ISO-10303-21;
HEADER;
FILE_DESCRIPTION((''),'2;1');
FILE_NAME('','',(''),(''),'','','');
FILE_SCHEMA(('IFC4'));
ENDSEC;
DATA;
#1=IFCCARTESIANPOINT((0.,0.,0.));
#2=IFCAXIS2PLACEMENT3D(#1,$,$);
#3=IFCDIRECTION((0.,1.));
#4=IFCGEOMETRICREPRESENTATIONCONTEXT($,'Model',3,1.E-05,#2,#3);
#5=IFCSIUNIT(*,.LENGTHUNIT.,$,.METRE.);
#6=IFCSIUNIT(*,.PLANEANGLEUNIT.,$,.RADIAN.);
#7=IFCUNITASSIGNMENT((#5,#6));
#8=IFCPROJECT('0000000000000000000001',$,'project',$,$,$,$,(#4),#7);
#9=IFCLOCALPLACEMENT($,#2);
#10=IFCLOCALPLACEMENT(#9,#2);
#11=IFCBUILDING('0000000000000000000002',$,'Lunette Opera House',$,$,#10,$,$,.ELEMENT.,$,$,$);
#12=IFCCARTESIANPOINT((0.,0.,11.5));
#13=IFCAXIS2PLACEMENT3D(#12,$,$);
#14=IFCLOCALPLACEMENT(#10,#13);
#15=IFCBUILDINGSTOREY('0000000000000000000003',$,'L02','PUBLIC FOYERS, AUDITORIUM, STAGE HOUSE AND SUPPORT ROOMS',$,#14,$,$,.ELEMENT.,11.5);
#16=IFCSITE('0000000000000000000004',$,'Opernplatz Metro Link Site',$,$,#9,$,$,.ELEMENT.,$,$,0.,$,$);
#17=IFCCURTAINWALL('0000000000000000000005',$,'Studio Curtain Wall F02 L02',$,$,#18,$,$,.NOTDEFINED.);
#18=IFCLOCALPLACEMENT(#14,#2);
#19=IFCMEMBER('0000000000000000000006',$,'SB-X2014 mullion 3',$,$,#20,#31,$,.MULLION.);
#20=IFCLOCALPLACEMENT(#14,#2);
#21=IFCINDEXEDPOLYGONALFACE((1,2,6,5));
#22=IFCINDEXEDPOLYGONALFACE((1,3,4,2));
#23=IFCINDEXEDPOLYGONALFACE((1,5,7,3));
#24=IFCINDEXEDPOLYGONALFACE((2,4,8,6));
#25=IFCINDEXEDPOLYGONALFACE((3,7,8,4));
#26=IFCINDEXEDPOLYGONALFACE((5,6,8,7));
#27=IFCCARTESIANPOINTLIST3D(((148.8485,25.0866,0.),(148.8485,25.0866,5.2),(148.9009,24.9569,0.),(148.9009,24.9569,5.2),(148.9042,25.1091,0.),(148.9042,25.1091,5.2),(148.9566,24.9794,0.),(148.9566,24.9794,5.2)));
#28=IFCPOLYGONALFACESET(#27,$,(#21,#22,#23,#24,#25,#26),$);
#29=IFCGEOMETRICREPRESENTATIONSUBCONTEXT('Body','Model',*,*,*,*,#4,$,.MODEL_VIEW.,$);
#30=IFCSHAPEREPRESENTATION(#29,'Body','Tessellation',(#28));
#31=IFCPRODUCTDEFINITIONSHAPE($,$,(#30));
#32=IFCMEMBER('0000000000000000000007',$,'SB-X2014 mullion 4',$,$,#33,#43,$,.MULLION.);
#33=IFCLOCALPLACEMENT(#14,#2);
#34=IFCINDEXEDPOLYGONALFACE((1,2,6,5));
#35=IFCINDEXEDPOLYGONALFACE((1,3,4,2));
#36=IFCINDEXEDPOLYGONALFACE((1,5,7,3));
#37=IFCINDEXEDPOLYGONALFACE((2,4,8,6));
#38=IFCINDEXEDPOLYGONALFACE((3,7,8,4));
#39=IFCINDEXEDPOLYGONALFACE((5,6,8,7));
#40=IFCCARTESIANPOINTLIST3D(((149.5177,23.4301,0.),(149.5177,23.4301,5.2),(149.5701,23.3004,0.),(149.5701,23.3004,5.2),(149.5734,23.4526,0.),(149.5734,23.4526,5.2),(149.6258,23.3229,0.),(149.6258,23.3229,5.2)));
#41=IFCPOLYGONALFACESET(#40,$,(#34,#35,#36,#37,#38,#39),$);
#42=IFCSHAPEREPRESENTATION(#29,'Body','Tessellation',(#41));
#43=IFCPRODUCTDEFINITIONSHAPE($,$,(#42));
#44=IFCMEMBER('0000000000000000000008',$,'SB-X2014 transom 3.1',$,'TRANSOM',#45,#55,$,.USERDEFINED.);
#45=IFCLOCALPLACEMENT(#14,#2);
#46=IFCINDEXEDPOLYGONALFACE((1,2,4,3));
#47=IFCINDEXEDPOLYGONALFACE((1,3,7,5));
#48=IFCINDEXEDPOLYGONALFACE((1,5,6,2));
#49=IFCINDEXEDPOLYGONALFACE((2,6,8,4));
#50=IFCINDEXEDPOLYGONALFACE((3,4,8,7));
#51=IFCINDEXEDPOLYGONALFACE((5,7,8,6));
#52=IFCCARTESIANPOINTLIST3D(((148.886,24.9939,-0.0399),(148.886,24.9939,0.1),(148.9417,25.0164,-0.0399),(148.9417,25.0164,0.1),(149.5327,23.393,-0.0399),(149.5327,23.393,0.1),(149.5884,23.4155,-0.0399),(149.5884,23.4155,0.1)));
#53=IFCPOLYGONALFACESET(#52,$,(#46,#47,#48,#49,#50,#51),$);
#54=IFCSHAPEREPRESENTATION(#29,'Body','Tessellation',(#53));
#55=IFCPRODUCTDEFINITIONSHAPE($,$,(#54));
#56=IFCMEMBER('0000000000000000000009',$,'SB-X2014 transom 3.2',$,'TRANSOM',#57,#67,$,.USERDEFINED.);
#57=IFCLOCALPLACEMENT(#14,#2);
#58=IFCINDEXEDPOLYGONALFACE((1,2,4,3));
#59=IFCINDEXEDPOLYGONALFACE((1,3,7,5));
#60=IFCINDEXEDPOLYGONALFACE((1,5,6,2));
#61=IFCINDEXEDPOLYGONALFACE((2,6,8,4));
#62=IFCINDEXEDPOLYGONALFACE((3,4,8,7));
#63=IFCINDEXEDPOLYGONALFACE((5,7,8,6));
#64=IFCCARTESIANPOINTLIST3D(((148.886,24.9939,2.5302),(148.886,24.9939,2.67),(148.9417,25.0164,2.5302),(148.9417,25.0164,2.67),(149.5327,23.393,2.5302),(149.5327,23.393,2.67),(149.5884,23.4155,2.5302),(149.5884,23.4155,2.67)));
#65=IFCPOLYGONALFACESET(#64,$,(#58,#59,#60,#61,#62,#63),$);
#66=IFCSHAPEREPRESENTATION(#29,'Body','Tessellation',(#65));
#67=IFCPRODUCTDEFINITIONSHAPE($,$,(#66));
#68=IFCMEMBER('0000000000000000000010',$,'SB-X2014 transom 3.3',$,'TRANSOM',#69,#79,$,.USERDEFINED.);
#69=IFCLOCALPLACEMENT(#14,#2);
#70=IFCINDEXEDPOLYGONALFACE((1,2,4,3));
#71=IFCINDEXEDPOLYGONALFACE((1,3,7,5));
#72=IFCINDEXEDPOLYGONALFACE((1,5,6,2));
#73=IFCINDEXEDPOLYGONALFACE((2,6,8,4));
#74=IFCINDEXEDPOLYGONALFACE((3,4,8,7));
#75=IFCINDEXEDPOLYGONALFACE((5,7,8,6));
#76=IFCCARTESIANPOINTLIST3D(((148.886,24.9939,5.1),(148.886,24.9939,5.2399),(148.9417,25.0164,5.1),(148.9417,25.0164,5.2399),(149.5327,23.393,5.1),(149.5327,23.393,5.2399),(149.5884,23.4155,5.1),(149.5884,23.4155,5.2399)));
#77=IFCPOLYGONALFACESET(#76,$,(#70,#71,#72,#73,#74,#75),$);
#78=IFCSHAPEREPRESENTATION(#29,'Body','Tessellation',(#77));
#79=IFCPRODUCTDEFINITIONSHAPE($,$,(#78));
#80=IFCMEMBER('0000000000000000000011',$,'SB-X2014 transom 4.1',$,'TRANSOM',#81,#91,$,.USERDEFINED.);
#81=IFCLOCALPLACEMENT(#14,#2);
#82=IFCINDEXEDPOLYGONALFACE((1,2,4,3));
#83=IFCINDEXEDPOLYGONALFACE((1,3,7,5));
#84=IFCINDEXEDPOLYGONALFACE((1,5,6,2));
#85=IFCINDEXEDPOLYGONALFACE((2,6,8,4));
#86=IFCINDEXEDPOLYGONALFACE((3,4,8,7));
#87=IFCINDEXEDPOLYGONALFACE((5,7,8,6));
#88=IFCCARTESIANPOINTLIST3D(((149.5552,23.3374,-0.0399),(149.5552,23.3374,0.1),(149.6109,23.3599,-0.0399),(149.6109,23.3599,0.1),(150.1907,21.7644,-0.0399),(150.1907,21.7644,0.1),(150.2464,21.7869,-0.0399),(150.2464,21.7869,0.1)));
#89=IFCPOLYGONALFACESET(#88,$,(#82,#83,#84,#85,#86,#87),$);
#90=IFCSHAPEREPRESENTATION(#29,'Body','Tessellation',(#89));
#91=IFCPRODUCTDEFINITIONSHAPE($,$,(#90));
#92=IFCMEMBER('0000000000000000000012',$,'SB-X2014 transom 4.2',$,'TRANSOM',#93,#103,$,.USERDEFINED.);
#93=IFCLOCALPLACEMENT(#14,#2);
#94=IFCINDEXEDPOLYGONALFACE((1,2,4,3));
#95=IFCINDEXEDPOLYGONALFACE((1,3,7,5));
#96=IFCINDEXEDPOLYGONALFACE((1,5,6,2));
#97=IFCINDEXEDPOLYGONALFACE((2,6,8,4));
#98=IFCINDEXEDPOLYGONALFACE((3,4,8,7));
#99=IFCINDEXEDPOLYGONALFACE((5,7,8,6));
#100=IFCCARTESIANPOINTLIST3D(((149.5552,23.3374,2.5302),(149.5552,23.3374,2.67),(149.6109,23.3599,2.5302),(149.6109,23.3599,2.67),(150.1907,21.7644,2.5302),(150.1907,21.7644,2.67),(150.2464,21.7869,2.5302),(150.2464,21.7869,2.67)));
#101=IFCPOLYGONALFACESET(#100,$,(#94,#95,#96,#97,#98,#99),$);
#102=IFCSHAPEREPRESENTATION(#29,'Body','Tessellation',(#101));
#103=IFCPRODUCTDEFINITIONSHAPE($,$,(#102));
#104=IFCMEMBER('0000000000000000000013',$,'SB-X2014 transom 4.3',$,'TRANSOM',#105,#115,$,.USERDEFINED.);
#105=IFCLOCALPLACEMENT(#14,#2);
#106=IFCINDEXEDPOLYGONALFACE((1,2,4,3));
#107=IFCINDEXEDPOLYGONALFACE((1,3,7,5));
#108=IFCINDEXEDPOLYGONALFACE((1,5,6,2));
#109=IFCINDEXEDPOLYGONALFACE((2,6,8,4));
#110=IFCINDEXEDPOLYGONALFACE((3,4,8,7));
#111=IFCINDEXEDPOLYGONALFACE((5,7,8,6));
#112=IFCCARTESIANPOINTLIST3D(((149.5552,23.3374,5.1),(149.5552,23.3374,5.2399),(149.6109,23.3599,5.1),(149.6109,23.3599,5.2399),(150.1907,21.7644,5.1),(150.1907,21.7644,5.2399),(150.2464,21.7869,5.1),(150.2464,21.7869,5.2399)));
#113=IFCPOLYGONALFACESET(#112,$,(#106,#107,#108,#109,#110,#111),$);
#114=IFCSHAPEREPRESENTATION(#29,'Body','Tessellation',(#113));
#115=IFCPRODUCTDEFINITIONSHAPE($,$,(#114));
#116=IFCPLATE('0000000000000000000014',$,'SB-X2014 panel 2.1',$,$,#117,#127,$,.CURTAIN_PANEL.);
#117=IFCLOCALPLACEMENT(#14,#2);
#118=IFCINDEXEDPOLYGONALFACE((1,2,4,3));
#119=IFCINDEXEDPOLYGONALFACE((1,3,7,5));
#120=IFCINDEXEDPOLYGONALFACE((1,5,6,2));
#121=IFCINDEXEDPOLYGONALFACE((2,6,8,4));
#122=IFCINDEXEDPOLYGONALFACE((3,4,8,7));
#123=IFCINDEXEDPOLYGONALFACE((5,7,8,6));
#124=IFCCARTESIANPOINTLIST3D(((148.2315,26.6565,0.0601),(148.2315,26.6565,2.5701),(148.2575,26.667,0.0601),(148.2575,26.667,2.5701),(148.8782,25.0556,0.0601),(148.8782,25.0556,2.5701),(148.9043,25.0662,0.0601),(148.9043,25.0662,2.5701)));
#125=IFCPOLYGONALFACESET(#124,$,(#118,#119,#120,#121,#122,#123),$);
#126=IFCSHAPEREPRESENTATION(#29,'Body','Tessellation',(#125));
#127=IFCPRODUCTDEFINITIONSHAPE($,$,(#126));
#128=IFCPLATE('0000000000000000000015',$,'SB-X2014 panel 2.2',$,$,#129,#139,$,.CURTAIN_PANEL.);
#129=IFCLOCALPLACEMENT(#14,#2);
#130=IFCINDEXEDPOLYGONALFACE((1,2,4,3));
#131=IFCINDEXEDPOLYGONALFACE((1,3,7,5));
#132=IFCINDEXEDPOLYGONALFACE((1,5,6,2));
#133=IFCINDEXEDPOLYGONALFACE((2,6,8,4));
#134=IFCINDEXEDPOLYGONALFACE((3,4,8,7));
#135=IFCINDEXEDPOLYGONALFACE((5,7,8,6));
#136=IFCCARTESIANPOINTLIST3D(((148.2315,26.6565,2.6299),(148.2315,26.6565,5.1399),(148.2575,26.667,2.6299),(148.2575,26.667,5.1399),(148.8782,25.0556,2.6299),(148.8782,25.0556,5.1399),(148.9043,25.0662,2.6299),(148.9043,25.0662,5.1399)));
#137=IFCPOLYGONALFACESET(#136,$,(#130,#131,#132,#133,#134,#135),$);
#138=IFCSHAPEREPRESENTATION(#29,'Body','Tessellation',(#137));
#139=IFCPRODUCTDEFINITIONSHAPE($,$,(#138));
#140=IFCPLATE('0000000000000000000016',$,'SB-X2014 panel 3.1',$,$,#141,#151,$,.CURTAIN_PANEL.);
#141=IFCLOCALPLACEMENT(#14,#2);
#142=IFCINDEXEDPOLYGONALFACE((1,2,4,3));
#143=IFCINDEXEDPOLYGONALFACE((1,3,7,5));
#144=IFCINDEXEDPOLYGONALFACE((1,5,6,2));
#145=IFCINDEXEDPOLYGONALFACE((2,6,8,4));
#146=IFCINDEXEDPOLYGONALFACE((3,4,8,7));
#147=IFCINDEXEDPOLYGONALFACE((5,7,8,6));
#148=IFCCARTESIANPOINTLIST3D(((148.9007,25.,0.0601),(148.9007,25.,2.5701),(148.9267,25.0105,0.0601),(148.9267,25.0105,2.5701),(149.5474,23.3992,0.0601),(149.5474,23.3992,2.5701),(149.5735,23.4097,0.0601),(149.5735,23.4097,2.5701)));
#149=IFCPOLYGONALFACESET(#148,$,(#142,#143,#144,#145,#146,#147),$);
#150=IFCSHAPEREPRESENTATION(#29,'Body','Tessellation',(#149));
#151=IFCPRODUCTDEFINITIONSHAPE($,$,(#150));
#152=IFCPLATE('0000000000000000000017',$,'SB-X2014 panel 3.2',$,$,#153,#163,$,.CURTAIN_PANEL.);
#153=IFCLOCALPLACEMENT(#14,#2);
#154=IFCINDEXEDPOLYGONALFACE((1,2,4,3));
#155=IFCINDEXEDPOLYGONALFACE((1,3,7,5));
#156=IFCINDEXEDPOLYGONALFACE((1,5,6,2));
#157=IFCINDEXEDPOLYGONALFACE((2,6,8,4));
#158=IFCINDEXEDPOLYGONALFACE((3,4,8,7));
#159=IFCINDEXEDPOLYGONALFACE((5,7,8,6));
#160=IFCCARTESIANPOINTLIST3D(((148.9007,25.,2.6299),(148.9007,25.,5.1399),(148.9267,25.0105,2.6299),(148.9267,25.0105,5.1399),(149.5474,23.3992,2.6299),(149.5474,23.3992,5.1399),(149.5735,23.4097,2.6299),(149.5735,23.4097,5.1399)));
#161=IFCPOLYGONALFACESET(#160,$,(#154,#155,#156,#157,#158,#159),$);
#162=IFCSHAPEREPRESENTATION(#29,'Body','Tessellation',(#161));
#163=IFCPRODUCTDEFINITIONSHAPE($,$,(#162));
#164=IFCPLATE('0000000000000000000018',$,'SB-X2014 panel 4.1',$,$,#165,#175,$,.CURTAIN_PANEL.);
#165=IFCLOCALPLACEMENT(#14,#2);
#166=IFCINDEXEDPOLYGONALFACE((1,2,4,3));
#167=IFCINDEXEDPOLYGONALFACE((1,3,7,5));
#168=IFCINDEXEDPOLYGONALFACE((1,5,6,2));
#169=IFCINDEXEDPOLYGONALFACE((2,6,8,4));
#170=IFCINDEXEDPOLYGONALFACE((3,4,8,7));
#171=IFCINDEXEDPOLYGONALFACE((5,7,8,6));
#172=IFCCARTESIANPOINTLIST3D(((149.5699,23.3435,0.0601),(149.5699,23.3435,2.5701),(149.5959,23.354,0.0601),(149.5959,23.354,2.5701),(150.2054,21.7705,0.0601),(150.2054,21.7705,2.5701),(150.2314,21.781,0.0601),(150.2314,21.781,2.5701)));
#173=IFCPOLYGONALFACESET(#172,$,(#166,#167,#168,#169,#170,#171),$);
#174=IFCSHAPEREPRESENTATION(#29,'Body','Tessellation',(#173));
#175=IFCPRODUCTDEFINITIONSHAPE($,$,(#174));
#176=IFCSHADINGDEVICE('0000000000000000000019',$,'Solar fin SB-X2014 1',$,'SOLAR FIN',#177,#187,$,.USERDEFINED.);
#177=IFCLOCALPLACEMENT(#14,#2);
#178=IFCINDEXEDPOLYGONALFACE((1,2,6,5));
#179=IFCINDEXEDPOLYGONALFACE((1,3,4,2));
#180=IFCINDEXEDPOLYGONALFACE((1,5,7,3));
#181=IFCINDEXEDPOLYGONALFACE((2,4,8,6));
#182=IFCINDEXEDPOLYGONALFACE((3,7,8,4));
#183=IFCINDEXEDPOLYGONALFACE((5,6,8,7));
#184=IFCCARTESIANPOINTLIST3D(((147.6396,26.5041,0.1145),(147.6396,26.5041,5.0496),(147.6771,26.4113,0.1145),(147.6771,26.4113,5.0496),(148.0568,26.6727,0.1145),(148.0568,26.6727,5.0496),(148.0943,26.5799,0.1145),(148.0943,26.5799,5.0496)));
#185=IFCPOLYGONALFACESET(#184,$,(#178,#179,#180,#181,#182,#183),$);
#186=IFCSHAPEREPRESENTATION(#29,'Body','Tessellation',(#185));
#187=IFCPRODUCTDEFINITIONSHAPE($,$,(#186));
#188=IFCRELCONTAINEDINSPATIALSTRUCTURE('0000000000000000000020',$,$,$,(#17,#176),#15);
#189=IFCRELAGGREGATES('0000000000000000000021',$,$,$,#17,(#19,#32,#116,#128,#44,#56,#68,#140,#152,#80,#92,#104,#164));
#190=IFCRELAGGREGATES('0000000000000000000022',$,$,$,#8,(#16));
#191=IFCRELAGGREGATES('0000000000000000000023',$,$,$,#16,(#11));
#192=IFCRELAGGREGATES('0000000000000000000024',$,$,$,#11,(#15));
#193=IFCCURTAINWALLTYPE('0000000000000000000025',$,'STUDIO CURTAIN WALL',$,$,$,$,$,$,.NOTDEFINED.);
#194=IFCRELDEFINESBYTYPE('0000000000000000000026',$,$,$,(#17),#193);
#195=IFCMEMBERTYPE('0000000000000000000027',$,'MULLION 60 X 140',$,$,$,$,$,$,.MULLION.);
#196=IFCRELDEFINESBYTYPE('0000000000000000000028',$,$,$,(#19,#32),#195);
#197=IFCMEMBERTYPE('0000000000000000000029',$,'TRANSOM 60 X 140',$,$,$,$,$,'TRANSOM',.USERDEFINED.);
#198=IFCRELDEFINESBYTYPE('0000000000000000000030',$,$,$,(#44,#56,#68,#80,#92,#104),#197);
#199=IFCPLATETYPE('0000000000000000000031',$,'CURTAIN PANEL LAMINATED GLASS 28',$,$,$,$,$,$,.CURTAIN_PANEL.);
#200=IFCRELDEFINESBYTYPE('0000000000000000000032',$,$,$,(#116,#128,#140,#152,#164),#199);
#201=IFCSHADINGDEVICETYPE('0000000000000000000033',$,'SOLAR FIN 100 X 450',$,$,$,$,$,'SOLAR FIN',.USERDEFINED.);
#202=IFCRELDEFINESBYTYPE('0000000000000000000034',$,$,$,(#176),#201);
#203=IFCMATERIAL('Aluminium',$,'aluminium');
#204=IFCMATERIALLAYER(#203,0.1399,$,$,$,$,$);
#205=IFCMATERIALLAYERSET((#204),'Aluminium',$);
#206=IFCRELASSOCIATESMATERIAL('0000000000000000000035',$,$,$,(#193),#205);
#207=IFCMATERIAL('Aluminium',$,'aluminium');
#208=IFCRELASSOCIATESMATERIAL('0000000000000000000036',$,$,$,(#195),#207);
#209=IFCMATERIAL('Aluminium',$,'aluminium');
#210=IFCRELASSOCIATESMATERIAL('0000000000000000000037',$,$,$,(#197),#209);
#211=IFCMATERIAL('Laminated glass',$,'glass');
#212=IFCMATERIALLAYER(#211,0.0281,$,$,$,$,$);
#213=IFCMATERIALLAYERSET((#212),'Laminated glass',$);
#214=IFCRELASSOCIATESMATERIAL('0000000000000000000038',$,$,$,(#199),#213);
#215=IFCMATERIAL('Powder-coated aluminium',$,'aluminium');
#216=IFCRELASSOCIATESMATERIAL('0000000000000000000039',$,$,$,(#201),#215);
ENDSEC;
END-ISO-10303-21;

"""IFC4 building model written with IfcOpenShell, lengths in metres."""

from ifc_helpers import new_model, si_unit, direction, frame, origin, origin_2d, place, context, subcontext, project, spatial, rectangle, extrude, material, layer, layer_set, material_profile, profile_set, type_object, element, aggregate, save


model = new_model("IFC4")

# Units and contexts
model_context = context("Model", 3, precision=1e-05, world=origin(), true_north=direction((0.0, 1.0)))
body_context = subcontext(model_context, "Body", "Model", "MODEL_VIEW")
ifc_project = project(units=[si_unit("LENGTHUNIT", "METRE"), si_unit("PLANEANGLEUNIT", "RADIAN")], contexts=[model_context])

# Site, building, storey
site_placement = place(None, origin())
site = spatial("IfcSite", under=ifc_project, at=site_placement, Name="Opernplatz Metro Link Site", CompositionType="ELEMENT", RefElevation=0.0)
building_placement = place(site_placement, origin())
building = spatial("IfcBuilding", under=site, at=building_placement, Name="Lunette Opera House", CompositionType="ELEMENT")
storey_placement = place(building_placement, frame((0.0, 0.0, 11.5)))
storey = spatial("IfcBuildingStorey", under=building, at=storey_placement, Name="L02", Description="PUBLIC FOYERS, AUDITORIUM, STAGE HOUSE AND SUPPORT ROOMS", CompositionType="ELEMENT", Elevation=11.5)

# Curtain wall, members, plates
ifc_material_1 = material(Name="Aluminium", Category="aluminium")
ifc_layer_1 = layer(ifc_material_1, 0.1399)
ifc_layer_set_1 = layer_set([ifc_layer_1], Name="Aluminium")
curtain_wall_type = type_object("IfcCurtainWallType", Name="STUDIO CURTAIN WALL", PredefinedType="NOTDEFINED", material=ifc_layer_set_1)
curtain_wall_placement = place(storey_placement, origin())
curtain_wall = element("IfcCurtainWall", 1, at=curtain_wall_placement, inside=storey, type_object=curtain_wall_type, Name="Studio Curtain Wall F02 L02", PredefinedType="NOTDEFINED")
ifc_material_2 = material(Name="Aluminium", Category="aluminium")
ifc_material_profile_1 = material_profile(ifc_material_2, rectangle(XDim=0.0601, YDim=0.1399, at=origin_2d()), Name="MULLION 60 X 140")
ifc_profile_set_1 = profile_set([ifc_material_profile_1], Name="Aluminium")
member_type_1 = type_object("IfcMemberType", Name="MULLION 60 X 140", PredefinedType="MULLION", material=ifc_profile_set_1)
member_1_placement = place(storey_placement, frame((148.9026, 25.033, 0.0), z_axis=(0.0, 0.0, 1.0), x_axis=(0.927188, 0.374597, 0.0)))
member_1 = element("IfcMember", 2, at=member_1_placement, type_object=member_type_1, Name="SB-X2014 mullion 3", PredefinedType="MULLION", context=body_context, shape_type="SweptSolid", body=[
    extrude(rectangle(XDim=0.0601, YDim=0.1399, at=origin_2d()), origin(), (0.0, 0.0, 1.0), 5.2),
])
member_2_placement = place(storey_placement, frame((149.5718, 23.3765, 0.0), z_axis=(0.0, 0.0, 1.0), x_axis=(0.927188, 0.374597, 0.0)))
member_2 = element("IfcMember", 3, at=member_2_placement, type_object=member_type_1, Name="SB-X2014 mullion 4", PredefinedType="MULLION", context=body_context, shape_type="SweptSolid", body=[
    extrude(rectangle(XDim=0.0601, YDim=0.1399, at=origin_2d()), origin(), (0.0, 0.0, 1.0), 5.2),
])
ifc_material_3 = material(Name="Aluminium", Category="aluminium")
ifc_material_profile_2 = material_profile(ifc_material_3, rectangle(XDim=0.0601, YDim=0.1399, at=origin_2d()), Name="TRANSOM 60 X 140")
ifc_profile_set_2 = profile_set([ifc_material_profile_2], Name="Aluminium")
member_type_2 = type_object("IfcMemberType", Name="TRANSOM 60 X 140", ElementType="TRANSOM", PredefinedType="USERDEFINED", material=ifc_profile_set_2)
member_3_placement = place(storey_placement, frame((148.9138, 25.0051, 0.03), z_axis=(0.374582, -0.927194, 0.0), x_axis=(0.927194, 0.374582, 0.0)))
member_3 = element("IfcMember", 4, at=member_3_placement, type_object=member_type_2, Name="SB-X2014 transom 3.1", ObjectType="TRANSOM", PredefinedType="USERDEFINED", context=body_context, shape_type="SweptSolid", body=[
    extrude(rectangle(XDim=0.0601, YDim=0.1399, at=origin_2d()), origin(), (0.0, 0.0, 1.0), 1.7266),
])
member_4_placement = place(storey_placement, frame((148.9138, 25.0051, 2.6001), z_axis=(0.374582, -0.927194, 0.0), x_axis=(0.927194, 0.374582, 0.0)))
member_4 = element("IfcMember", 5, at=member_4_placement, type_object=member_type_2, Name="SB-X2014 transom 3.2", ObjectType="TRANSOM", PredefinedType="USERDEFINED", context=body_context, shape_type="SweptSolid", body=[
    extrude(rectangle(XDim=0.0601, YDim=0.1399, at=origin_2d()), origin(), (0.0, 0.0, 1.0), 1.7266),
])
member_5_placement = place(storey_placement, frame((148.9138, 25.0051, 5.1699), z_axis=(0.374582, -0.927194, 0.0), x_axis=(0.927194, 0.374582, 0.0)))
member_5 = element("IfcMember", 6, at=member_5_placement, type_object=member_type_2, Name="SB-X2014 transom 3.3", ObjectType="TRANSOM", PredefinedType="USERDEFINED", context=body_context, shape_type="SweptSolid", body=[
    extrude(rectangle(XDim=0.0601, YDim=0.1399, at=origin_2d()), origin(), (0.0, 0.0, 1.0), 1.7266),
])
member_6_placement = place(storey_placement, frame((149.583, 23.3486, 0.03), z_axis=(0.374589, -0.927191, 0.0), x_axis=(0.927191, 0.374589, 0.0)))
member_6 = element("IfcMember", 7, at=member_6_placement, type_object=member_type_2, Name="SB-X2014 transom 4.1", ObjectType="TRANSOM", PredefinedType="USERDEFINED", context=body_context, shape_type="SweptSolid", body=[
    extrude(rectangle(XDim=0.0601, YDim=0.1399, at=origin_2d()), origin(), (0.0, 0.0, 1.0), 1.6965),
])
member_7_placement = place(storey_placement, frame((149.583, 23.3486, 2.6001), z_axis=(0.374589, -0.927191, 0.0), x_axis=(0.927191, 0.374589, 0.0)))
member_7 = element("IfcMember", 8, at=member_7_placement, type_object=member_type_2, Name="SB-X2014 transom 4.2", ObjectType="TRANSOM", PredefinedType="USERDEFINED", context=body_context, shape_type="SweptSolid", body=[
    extrude(rectangle(XDim=0.0601, YDim=0.1399, at=origin_2d()), origin(), (0.0, 0.0, 1.0), 1.6965),
])
member_8_placement = place(storey_placement, frame((149.583, 23.3486, 5.1699), z_axis=(0.374589, -0.927191, 0.0), x_axis=(0.927191, 0.374589, 0.0)))
member_8 = element("IfcMember", 9, at=member_8_placement, type_object=member_type_2, Name="SB-X2014 transom 4.3", ObjectType="TRANSOM", PredefinedType="USERDEFINED", context=body_context, shape_type="SweptSolid", body=[
    extrude(rectangle(XDim=0.0601, YDim=0.1399, at=origin_2d()), origin(), (0.0, 0.0, 1.0), 1.6965),
])
ifc_material_4 = material(Name="Laminated glass", Category="glass")
ifc_layer_2 = layer(ifc_material_4, 0.0281)
ifc_layer_set_2 = layer_set([ifc_layer_2], Name="Laminated glass")
plate_type = type_object("IfcPlateType", Name="CURTAIN PANEL LAMINATED GLASS 28", PredefinedType="CURTAIN_PANEL", material=ifc_layer_set_2)
plate_1_placement = place(storey_placement, frame((148.5679, 25.8613, 0.0601), z_axis=(0.0, 0.0, 1.0), x_axis=(0.374597, -0.927188, 0.0)))
plate_1 = element("IfcPlate", 10, at=plate_1_placement, type_object=plate_type, Name="SB-X2014 panel 2.1", PredefinedType="CURTAIN_PANEL", context=body_context, shape_type="SweptSolid", body=[
    extrude(rectangle(XDim=1.7266, YDim=0.0281, at=origin_2d()), origin(), (0.0, 0.0, 1.0), 2.51),
])
plate_2_placement = place(storey_placement, frame((148.5679, 25.8613, 2.6299), z_axis=(0.0, 0.0, 1.0), x_axis=(0.374597, -0.927188, 0.0)))
plate_2 = element("IfcPlate", 11, at=plate_2_placement, type_object=plate_type, Name="SB-X2014 panel 2.2", PredefinedType="CURTAIN_PANEL", context=body_context, shape_type="SweptSolid", body=[
    extrude(rectangle(XDim=1.7266, YDim=0.0281, at=origin_2d()), origin(), (0.0, 0.0, 1.0), 2.51),
])
plate_3_placement = place(storey_placement, frame((149.2371, 24.2048, 0.0601), z_axis=(0.0, 0.0, 1.0), x_axis=(0.374597, -0.927188, 0.0)))
plate_3 = element("IfcPlate", 12, at=plate_3_placement, type_object=plate_type, Name="SB-X2014 panel 3.1", PredefinedType="CURTAIN_PANEL", context=body_context, shape_type="SweptSolid", body=[
    extrude(rectangle(XDim=1.7266, YDim=0.0281, at=origin_2d()), origin(), (0.0, 0.0, 1.0), 2.51),
])
plate_4_placement = place(storey_placement, frame((149.2371, 24.2048, 2.6299), z_axis=(0.0, 0.0, 1.0), x_axis=(0.374597, -0.927188, 0.0)))
plate_4 = element("IfcPlate", 13, at=plate_4_placement, type_object=plate_type, Name="SB-X2014 panel 3.2", PredefinedType="CURTAIN_PANEL", context=body_context, shape_type="SweptSolid", body=[
    extrude(rectangle(XDim=1.7266, YDim=0.0281, at=origin_2d()), origin(), (0.0, 0.0, 1.0), 2.51),
])
plate_5_placement = place(storey_placement, frame((149.9006, 22.5623, 0.0601), z_axis=(0.0, 0.0, 1.0), x_axis=(0.374597, -0.927188, 0.0)))
plate_5 = element("IfcPlate", 14, at=plate_5_placement, type_object=plate_type, Name="SB-X2014 panel 4.1", PredefinedType="CURTAIN_PANEL", context=body_context, shape_type="SweptSolid", body=[
    extrude(rectangle(XDim=1.6965, YDim=0.0281, at=origin_2d()), origin(), (0.0, 0.0, 1.0), 2.51),
])
aggregate(curtain_wall, [member_1, member_2, plate_1, plate_2, member_3, member_4, member_5, plate_3, plate_4, member_6, member_7, member_8, plate_5])

# Shading device
ifc_material_5 = material(Name="Powder-coated aluminium", Category="aluminium")
shading_device_type = type_object("IfcShadingDeviceType", Name="SOLAR FIN 100 X 450", ElementType="SOLAR FIN", PredefinedType="USERDEFINED", material=ifc_material_5)
for number, where, z_axis, x_axis, name in (
    (15, (147.8669, 26.542, 0.1145), (0.0, 0.0, 1.0), (-0.927188, -0.374597, 0.0), "Solar fin SB-X2014 1"),
):
    element("IfcShadingDevice", number, at=place(storey_placement, frame(where, z_axis=z_axis, x_axis=x_axis)), inside=storey, type_object=shading_device_type, Name=name, ObjectType="SOLAR FIN", PredefinedType="USERDEFINED", context=body_context, shape_type="SweptSolid", body=[
        extrude(rectangle(XDim=0.45, YDim=0.1001, at=origin_2d()), origin(), (0.0, 0.0, 1.0), 4.9351),
    ])

save(model, "model.ifc")
